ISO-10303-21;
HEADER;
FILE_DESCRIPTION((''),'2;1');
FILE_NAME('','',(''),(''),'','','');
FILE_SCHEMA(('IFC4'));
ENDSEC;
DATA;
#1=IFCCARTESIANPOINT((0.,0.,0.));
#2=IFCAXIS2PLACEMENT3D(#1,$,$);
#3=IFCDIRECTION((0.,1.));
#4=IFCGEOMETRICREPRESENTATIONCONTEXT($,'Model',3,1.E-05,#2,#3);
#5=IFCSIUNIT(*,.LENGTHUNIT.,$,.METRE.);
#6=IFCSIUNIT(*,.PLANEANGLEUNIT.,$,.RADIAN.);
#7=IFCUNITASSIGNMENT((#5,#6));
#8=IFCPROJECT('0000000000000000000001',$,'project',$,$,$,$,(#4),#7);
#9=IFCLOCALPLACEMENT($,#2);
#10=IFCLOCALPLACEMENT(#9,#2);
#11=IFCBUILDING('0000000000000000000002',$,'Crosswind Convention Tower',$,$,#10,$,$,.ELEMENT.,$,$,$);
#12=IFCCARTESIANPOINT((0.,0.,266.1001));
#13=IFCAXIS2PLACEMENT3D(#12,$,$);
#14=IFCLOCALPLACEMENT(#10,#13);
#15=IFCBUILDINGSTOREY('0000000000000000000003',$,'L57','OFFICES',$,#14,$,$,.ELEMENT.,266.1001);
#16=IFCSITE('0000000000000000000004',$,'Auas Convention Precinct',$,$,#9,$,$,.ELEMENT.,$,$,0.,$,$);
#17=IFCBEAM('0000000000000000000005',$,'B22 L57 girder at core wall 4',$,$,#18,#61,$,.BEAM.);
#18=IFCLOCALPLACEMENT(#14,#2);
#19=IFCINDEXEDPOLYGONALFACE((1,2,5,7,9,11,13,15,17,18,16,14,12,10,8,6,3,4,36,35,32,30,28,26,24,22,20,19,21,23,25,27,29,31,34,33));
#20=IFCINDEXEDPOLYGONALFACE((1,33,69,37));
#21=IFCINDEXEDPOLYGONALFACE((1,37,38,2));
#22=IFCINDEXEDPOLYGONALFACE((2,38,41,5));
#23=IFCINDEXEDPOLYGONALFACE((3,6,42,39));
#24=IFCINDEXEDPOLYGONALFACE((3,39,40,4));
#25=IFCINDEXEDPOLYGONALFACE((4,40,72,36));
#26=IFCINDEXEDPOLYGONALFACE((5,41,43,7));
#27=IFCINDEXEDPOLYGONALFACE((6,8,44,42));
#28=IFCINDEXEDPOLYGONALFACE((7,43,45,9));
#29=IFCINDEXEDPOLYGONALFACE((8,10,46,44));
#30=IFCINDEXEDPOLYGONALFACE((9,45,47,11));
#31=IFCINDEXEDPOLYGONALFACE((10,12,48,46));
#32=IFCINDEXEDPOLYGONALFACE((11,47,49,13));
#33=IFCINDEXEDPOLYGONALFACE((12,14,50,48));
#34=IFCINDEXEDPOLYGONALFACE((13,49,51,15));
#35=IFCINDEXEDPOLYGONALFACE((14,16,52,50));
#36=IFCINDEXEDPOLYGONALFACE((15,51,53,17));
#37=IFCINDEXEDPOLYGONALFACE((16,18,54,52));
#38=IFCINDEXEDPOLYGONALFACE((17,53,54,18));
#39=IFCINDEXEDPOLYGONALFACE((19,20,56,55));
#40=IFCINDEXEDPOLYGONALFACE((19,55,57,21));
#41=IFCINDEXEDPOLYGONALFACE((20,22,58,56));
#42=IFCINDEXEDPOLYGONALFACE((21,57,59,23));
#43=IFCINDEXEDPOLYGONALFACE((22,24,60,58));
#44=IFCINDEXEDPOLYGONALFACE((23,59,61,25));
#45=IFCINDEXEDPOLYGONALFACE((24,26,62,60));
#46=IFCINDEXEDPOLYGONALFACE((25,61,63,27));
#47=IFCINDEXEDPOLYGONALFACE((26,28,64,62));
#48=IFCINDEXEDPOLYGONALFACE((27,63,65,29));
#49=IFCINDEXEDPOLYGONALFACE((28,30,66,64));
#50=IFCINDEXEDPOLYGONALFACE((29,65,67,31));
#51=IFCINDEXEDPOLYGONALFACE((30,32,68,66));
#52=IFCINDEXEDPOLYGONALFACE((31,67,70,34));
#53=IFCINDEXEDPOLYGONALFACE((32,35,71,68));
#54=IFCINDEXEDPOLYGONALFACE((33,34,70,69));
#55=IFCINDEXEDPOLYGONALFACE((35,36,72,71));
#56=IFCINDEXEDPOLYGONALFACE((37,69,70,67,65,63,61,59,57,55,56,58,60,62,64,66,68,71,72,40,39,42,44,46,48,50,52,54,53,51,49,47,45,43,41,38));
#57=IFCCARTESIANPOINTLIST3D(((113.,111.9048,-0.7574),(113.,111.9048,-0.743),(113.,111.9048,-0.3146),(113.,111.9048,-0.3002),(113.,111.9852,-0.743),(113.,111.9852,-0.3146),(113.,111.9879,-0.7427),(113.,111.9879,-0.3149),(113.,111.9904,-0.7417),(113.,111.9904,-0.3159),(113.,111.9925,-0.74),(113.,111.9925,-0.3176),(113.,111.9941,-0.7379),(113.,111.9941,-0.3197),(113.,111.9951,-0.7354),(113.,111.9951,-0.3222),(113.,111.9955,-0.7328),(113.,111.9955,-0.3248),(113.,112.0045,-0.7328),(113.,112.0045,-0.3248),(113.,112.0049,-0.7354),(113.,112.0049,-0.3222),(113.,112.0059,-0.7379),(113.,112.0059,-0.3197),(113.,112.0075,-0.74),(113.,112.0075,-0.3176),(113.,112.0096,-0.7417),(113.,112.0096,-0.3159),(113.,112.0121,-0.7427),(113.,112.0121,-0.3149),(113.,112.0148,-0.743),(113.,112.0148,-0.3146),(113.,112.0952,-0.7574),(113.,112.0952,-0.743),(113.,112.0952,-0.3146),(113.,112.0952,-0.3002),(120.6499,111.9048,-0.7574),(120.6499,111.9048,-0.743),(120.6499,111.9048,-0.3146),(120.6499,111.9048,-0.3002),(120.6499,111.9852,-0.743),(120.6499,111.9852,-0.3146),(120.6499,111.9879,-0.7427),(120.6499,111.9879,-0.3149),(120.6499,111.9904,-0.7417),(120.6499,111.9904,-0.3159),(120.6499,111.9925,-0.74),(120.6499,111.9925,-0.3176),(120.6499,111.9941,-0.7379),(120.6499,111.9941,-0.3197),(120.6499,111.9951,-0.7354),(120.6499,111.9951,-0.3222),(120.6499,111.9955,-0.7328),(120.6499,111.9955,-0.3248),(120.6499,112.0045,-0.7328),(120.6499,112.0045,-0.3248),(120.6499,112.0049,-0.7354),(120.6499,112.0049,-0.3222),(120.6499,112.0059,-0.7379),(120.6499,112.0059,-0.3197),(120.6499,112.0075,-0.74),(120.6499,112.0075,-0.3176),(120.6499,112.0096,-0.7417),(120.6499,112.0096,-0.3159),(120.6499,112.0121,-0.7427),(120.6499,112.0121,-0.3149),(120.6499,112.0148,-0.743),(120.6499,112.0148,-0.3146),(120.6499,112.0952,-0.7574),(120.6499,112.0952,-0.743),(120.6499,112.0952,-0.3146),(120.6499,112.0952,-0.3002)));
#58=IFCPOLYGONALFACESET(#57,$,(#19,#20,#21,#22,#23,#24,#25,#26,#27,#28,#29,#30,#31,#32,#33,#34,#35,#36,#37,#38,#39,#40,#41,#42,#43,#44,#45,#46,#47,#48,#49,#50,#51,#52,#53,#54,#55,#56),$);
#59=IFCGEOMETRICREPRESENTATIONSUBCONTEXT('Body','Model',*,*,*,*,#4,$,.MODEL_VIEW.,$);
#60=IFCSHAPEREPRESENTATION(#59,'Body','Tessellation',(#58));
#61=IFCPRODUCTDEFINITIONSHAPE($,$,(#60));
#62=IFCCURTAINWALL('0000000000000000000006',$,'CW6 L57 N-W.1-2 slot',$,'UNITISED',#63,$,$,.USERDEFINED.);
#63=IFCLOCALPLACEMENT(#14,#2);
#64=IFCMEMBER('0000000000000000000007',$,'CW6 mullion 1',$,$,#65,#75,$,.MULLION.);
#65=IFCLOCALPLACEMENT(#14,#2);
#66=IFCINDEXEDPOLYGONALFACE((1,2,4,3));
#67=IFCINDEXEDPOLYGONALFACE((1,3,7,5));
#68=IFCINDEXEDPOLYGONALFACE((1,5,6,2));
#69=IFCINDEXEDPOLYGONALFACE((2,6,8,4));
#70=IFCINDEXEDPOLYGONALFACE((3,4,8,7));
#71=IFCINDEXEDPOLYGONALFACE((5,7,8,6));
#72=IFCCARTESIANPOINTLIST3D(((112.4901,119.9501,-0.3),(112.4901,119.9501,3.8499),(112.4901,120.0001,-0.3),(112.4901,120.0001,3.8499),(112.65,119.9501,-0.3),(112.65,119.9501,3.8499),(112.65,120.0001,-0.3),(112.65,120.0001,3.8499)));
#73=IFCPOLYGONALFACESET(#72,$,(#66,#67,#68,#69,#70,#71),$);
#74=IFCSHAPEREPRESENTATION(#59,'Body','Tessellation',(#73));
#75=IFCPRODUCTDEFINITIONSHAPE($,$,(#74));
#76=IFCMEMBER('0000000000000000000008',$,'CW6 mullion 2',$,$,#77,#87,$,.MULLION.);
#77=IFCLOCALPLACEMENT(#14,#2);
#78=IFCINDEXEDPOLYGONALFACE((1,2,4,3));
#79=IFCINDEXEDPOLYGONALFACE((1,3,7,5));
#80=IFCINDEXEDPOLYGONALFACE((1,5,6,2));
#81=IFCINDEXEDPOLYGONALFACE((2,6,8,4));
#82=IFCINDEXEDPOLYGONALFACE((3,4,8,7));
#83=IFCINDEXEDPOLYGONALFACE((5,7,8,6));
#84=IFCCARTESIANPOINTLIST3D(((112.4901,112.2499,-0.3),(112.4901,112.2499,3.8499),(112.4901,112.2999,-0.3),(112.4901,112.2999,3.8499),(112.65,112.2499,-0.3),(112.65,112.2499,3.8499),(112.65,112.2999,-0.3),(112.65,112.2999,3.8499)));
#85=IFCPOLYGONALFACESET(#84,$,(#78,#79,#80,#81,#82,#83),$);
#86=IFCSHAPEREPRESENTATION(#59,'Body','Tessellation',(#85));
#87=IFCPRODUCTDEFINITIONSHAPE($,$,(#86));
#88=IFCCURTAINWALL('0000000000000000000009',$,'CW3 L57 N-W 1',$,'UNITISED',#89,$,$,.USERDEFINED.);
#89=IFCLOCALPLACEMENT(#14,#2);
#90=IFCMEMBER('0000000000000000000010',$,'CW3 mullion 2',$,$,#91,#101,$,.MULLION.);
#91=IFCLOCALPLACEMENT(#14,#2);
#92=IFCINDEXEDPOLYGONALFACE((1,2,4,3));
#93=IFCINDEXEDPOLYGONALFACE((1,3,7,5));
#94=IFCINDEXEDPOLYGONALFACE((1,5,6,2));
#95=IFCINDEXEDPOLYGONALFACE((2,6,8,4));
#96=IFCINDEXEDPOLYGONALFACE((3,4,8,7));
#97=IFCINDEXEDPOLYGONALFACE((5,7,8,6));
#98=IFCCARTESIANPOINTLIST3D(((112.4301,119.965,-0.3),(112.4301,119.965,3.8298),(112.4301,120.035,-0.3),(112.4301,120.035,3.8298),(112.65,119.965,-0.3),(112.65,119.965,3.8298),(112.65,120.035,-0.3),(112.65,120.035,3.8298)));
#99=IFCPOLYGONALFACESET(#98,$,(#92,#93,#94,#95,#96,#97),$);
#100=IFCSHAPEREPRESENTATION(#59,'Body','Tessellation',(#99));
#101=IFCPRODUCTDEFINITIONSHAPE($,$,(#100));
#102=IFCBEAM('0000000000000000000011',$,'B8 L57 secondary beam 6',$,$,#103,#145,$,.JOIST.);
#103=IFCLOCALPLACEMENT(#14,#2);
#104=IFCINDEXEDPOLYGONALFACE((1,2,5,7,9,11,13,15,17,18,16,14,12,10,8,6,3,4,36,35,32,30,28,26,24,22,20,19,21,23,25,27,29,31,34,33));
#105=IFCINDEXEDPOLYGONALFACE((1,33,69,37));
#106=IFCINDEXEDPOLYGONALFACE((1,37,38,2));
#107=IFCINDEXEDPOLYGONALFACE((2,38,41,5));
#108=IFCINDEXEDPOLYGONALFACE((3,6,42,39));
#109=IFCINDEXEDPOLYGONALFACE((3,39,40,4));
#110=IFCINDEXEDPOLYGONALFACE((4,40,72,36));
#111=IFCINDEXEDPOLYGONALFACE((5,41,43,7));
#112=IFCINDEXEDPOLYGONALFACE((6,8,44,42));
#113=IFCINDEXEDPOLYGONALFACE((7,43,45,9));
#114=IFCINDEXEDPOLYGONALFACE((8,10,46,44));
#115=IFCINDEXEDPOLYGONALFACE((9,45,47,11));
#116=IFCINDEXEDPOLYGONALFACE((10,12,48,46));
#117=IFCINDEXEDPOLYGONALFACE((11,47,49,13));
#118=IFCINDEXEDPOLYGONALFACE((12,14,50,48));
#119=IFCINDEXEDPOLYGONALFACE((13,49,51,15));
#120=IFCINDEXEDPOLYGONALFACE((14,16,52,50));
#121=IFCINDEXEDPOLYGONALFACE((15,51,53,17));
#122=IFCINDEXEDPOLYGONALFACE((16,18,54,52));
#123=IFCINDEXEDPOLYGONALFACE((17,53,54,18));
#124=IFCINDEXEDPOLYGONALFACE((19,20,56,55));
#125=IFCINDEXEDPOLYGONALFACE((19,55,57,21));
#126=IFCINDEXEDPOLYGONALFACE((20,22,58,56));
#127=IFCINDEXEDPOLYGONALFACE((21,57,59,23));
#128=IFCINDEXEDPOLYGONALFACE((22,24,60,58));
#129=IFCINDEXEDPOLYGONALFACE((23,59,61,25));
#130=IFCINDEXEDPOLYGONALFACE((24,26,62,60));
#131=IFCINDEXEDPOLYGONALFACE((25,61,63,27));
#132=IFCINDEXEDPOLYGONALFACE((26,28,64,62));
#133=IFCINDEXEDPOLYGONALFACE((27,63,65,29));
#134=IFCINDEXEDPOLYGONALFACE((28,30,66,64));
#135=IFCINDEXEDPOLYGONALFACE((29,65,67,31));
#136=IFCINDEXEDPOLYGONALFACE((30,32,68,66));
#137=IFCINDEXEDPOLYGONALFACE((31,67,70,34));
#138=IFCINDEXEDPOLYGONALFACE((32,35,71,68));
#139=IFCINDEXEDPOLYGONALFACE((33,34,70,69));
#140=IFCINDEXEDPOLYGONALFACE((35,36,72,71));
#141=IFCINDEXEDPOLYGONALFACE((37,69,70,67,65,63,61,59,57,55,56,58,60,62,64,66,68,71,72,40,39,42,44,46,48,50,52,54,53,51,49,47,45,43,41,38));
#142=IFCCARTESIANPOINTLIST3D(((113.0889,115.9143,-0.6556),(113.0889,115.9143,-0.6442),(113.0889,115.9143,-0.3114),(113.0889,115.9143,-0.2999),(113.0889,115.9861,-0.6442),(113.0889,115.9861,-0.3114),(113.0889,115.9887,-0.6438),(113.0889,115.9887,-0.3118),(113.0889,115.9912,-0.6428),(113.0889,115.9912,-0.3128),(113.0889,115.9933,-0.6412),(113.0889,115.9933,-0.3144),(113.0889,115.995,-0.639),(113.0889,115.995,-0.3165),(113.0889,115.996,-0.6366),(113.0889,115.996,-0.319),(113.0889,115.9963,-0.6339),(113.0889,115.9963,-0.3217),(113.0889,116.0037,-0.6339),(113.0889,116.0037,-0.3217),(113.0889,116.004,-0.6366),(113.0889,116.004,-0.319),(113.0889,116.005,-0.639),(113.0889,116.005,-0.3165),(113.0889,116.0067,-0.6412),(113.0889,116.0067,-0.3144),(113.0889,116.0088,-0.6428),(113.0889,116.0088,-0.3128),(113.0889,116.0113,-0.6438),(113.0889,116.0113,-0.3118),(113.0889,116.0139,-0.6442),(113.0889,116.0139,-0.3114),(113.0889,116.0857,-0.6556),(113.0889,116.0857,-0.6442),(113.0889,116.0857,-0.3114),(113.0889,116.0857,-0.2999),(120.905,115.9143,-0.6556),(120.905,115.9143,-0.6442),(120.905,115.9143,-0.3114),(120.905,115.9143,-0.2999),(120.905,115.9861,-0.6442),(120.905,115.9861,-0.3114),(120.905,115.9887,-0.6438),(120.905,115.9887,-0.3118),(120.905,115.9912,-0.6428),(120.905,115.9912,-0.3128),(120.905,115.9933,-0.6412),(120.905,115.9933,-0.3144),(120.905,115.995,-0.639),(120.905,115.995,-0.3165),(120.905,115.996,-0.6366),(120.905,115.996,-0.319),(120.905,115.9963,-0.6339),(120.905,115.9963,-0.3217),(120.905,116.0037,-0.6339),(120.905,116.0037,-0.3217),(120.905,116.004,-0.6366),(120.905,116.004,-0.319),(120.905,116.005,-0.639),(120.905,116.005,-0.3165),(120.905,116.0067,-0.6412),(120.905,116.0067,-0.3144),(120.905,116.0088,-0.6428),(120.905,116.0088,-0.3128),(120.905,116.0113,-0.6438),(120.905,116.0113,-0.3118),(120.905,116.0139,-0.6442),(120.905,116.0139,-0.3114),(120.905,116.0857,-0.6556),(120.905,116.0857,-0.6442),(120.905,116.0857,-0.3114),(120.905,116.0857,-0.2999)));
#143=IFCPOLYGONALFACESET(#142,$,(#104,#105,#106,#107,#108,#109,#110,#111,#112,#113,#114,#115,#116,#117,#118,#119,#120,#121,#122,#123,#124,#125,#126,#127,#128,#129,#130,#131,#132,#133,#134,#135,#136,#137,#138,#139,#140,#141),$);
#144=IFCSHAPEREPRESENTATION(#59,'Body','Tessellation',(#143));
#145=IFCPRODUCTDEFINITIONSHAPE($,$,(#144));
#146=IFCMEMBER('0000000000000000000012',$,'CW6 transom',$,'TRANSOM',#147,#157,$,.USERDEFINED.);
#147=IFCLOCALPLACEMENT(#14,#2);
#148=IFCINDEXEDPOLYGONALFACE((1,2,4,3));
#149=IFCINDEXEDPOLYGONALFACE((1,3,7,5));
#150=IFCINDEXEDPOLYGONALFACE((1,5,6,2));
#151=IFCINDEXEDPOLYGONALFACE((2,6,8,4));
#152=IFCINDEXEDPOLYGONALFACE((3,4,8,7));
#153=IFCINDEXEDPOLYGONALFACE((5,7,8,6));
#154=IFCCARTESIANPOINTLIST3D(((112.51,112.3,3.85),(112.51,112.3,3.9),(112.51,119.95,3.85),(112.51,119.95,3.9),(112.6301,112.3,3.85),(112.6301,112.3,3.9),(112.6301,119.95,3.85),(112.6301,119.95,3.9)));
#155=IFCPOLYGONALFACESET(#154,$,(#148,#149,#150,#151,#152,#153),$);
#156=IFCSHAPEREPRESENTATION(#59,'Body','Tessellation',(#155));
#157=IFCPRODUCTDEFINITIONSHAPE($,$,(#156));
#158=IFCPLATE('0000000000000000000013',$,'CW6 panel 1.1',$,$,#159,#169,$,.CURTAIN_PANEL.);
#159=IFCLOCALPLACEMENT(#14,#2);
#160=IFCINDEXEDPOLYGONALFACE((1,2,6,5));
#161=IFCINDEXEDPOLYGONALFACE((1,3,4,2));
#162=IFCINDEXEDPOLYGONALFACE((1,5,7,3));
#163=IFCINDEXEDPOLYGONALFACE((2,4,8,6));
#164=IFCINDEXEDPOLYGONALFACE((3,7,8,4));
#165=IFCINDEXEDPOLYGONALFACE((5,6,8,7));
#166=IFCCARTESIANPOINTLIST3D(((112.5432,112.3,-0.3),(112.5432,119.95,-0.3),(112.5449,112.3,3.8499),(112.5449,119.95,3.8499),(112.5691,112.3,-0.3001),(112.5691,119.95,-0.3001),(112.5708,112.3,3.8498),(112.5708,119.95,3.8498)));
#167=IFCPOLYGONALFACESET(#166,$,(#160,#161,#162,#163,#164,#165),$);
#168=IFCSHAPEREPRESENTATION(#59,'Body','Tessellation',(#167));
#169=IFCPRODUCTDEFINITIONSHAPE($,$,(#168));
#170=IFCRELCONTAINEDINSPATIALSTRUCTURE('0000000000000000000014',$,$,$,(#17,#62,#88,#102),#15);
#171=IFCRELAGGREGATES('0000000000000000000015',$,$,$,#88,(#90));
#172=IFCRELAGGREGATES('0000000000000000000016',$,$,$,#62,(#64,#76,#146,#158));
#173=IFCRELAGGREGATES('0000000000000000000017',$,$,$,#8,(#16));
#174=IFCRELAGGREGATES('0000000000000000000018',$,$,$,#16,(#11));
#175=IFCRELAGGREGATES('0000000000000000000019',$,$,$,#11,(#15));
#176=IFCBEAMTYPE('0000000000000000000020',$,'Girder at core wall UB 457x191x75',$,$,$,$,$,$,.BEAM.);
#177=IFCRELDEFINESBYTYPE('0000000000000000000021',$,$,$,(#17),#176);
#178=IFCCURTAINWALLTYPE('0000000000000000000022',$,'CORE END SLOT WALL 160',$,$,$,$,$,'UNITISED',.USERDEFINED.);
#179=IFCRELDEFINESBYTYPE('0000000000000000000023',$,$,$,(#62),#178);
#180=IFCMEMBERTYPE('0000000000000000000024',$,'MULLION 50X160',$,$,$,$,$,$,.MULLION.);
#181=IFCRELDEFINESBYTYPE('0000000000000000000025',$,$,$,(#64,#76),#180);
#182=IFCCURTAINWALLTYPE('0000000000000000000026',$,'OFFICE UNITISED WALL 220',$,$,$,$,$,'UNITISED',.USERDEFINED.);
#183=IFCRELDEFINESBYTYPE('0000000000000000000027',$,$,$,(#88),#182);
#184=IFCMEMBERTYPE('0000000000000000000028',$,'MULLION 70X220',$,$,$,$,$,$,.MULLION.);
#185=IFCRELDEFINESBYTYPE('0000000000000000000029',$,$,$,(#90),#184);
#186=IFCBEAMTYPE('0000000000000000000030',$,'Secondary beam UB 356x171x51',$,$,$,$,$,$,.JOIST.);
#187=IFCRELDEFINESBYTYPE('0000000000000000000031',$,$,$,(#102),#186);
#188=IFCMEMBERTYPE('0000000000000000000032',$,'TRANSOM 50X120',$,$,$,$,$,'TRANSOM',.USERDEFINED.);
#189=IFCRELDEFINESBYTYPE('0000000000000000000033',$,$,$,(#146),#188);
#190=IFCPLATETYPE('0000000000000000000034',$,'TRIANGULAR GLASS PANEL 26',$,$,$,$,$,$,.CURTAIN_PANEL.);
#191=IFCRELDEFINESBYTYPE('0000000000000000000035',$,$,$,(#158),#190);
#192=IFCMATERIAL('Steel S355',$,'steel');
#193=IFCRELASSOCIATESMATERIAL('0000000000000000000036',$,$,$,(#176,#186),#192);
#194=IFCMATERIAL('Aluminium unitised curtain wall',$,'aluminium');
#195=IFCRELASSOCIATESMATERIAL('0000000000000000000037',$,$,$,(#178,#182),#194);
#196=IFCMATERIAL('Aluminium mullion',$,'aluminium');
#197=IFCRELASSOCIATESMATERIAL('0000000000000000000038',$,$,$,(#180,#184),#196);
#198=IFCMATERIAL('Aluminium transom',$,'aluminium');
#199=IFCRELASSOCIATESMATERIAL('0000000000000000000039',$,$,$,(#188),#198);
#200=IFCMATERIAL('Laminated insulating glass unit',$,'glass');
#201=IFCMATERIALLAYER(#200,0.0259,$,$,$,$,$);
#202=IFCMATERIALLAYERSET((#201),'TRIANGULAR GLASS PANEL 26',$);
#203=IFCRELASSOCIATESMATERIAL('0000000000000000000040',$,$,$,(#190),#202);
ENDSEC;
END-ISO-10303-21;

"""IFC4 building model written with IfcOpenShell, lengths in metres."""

from ifc_helpers import new_model, si_unit, direction, frame, origin, origin_2d, place, context, subcontext, project, spatial, polyline, rectangle, i_section, outline, extrude, material, layer, layer_set, material_profile, profile_set, type_object, element, aggregate, save


model = new_model("IFC4")

# Units and contexts
model_context = context("Model", 3, precision=1e-05, world=origin(), true_north=direction((0.0, 1.0)))
body_context = subcontext(model_context, "Body", "Model", "MODEL_VIEW")
ifc_project = project(units=[si_unit("LENGTHUNIT", "METRE"), si_unit("PLANEANGLEUNIT", "RADIAN")], contexts=[model_context])

# Site, building, storey
site_placement = place(None, origin())
site = spatial("IfcSite", under=ifc_project, at=site_placement, Name="Auas Convention Precinct", CompositionType="ELEMENT", RefElevation=0.0)
building_placement = place(site_placement, origin())
building = spatial("IfcBuilding", under=site, at=building_placement, Name="Crosswind Convention Tower", CompositionType="ELEMENT")
storey_placement = place(building_placement, frame((0.0, 0.0, 266.1001)))
storey = spatial("IfcBuildingStorey", under=building, at=storey_placement, Name="L57", Description="OFFICES", CompositionType="ELEMENT", Elevation=266.1001)

# Beam
ifc_material_1 = material(Name="Steel S355", Category="steel")
ifc_material_profile_1 = material_profile(ifc_material_1, i_section(OverallWidth=0.1904, OverallDepth=0.4573, WebThickness=0.009, FlangeThickness=0.0144, FilletRadius=0.0103, at=origin_2d()), Name="UB 457x191x75")
ifc_profile_set_1 = profile_set([ifc_material_profile_1], Name="Steel S355")
beam_type_1 = type_object("IfcBeamType", Name="Girder at core wall UB 457x191x75", PredefinedType="BEAM", material=ifc_profile_set_1)
beam_1_placement = place(storey_placement, frame((113.0, 112.0, -0.5288), z_axis=(1.0, 0.0, 0.0), x_axis=(0.0, 1.0, 0.0)))
element("IfcBeam", 1, at=beam_1_placement, inside=storey, type_object=beam_type_1, Name="B22 L57 girder at core wall 4", PredefinedType="BEAM", context=body_context, shape_type="SweptSolid", body=[
    extrude(i_section(OverallWidth=0.1904, OverallDepth=0.4573, WebThickness=0.009, FlangeThickness=0.0144, FilletRadius=0.0103, at=origin_2d()), origin(), (0.0, 0.0, 1.0), 7.6499),
])

# Curtain wall, members
ifc_material_2 = material(Name="Aluminium unitised curtain wall", Category="aluminium")
curtain_wall_type_1 = type_object("IfcCurtainWallType", Name="CORE END SLOT WALL 160", ElementType="UNITISED", PredefinedType="USERDEFINED", material=ifc_material_2)
curtain_wall_1_placement = place(storey_placement, origin())
curtain_wall_1 = element("IfcCurtainWall", 2, at=curtain_wall_1_placement, inside=storey, type_object=curtain_wall_type_1, Name="CW6 L57 N-W.1-2 slot", ObjectType="UNITISED", PredefinedType="USERDEFINED")
ifc_material_3 = material(Name="Aluminium mullion", Category="aluminium")
ifc_material_profile_2 = material_profile(ifc_material_3, rectangle(XDim=0.1599, YDim=0.05, at=origin_2d()), Name="AL 160X50")
ifc_profile_set_2 = profile_set([ifc_material_profile_2], Name="Aluminium mullion")
member_type_1 = type_object("IfcMemberType", Name="MULLION 50X160", PredefinedType="MULLION", material=ifc_profile_set_2)
member_1_placement = place(storey_placement, frame((112.5701, 119.9751, -0.3), z_axis=(0.0, 0.0, 1.0), x_axis=(-1.0, 0.0, 0.0)))
member_1 = element("IfcMember", 3, at=member_1_placement, type_object=member_type_1, Name="CW6 mullion 1", PredefinedType="MULLION", context=body_context, shape_type="SweptSolid", body=[
    extrude(rectangle(XDim=0.1599, YDim=0.05, at=origin_2d()), origin(), (0.0, 0.0, 1.0), 4.1499),
])
member_2_placement = place(storey_placement, frame((112.5701, 112.2749, -0.3), z_axis=(0.0, 0.0, 1.0), x_axis=(-1.0, 0.0, 0.0)))
member_2 = element("IfcMember", 4, at=member_2_placement, type_object=member_type_1, Name="CW6 mullion 2", PredefinedType="MULLION", context=body_context, shape_type="SweptSolid", body=[
    extrude(rectangle(XDim=0.1599, YDim=0.05, at=origin_2d()), origin(), (0.0, 0.0, 1.0), 4.1499),
])

# Curtain wall, member
curtain_wall_type_2 = type_object("IfcCurtainWallType", Name="OFFICE UNITISED WALL 220", ElementType="UNITISED", PredefinedType="USERDEFINED", material=ifc_material_2)
curtain_wall_2_placement = place(storey_placement, origin())
curtain_wall_2 = element("IfcCurtainWall", 5, at=curtain_wall_2_placement, inside=storey, type_object=curtain_wall_type_2, Name="CW3 L57 N-W 1", ObjectType="UNITISED", PredefinedType="USERDEFINED")
ifc_material_profile_3 = material_profile(ifc_material_3, rectangle(XDim=0.22, YDim=0.0701, at=origin_2d()), Name="AL 220X70")
ifc_profile_set_3 = profile_set([ifc_material_profile_3], Name="Aluminium mullion")
member_type_2 = type_object("IfcMemberType", Name="MULLION 70X220", PredefinedType="MULLION", material=ifc_profile_set_3)
member_3_placement = place(storey_placement, frame((112.54, 120.0, -0.3), z_axis=(0.0, 0.0, 1.0), x_axis=(-1.0, 0.0, 0.0)))
member_3 = element("IfcMember", 6, at=member_3_placement, type_object=member_type_2, Name="CW3 mullion 2", PredefinedType="MULLION", context=body_context, shape_type="SweptSolid", body=[
    extrude(rectangle(XDim=0.22, YDim=0.0701, at=origin_2d()), origin(), (0.0, 0.0, 1.0), 4.1299),
])
aggregate(curtain_wall_2, [member_3])

# Beam
ifc_material_profile_4 = material_profile(ifc_material_1, i_section(OverallWidth=0.1714, OverallDepth=0.3557, WebThickness=0.0073, FlangeThickness=0.0115, FilletRadius=0.0103, at=origin_2d()), Name="UB 356x171x51")
ifc_profile_set_4 = profile_set([ifc_material_profile_4], Name="Steel S355")
beam_type_2 = type_object("IfcBeamType", Name="Secondary beam UB 356x171x51", PredefinedType="JOIST", material=ifc_profile_set_4)
beam_2_placement = place(storey_placement, frame((113.0889, 116.0, -0.4778), z_axis=(1.0, 0.0, 0.0), x_axis=(0.0, 1.0, 0.0)))
element("IfcBeam", 7, at=beam_2_placement, inside=storey, type_object=beam_type_2, Name="B8 L57 secondary beam 6", PredefinedType="JOIST", context=body_context, shape_type="SweptSolid", body=[
    extrude(i_section(OverallWidth=0.1714, OverallDepth=0.3557, WebThickness=0.0073, FlangeThickness=0.0115, FilletRadius=0.0103, at=origin_2d()), origin(), (0.0, 0.0, 1.0), 7.8162),
])

# Member
ifc_material_4 = material(Name="Aluminium transom", Category="aluminium")
ifc_material_profile_5 = material_profile(ifc_material_4, rectangle(XDim=0.1201, YDim=0.05, at=origin_2d()), Name="AL 120X50")
ifc_profile_set_5 = profile_set([ifc_material_profile_5], Name="Aluminium transom")
member_type_3 = type_object("IfcMemberType", Name="TRANSOM 50X120", ElementType="TRANSOM", PredefinedType="USERDEFINED", material=ifc_profile_set_5)
member_4_placement = place(storey_placement, frame((112.5701, 119.95, 3.875), z_axis=(0.0, -1.0, 0.0), x_axis=(1.0, 0.0, 0.0)))
member_4 = element("IfcMember", 8, at=member_4_placement, type_object=member_type_3, Name="CW6 transom", ObjectType="TRANSOM", PredefinedType="USERDEFINED", context=body_context, shape_type="SweptSolid", body=[
    extrude(rectangle(XDim=0.1201, YDim=0.05, at=origin_2d()), origin(), (0.0, 0.0, 1.0), 7.6499),
])

# Plate
ifc_material_5 = material(Name="Laminated insulating glass unit", Category="glass")
ifc_layer_1 = layer(ifc_material_5, 0.0259)
ifc_layer_set_1 = layer_set([ifc_layer_1], Name="TRIANGULAR GLASS PANEL 26")
plate_type = type_object("IfcPlateType", Name="TRIANGULAR GLASS PANEL 26", PredefinedType="CURTAIN_PANEL", material=ifc_layer_set_1)
plate_placement = place(storey_placement, frame((112.5432, 119.95, -0.3), z_axis=(-1.0, 0.0, 0.000412), x_axis=(0.0, -1.0, 0.0)))
plate = element("IfcPlate", 9, at=plate_placement, type_object=plate_type, Name="CW6 panel 1.1", PredefinedType="CURTAIN_PANEL", context=body_context, shape_type="SweptSolid", body=[
    extrude(outline(polyline([(0.0, 0.0), (7.6499, 0.0), (7.6499, 4.1499), (0.0, 4.1499), (0.0, 0.0)])), origin(), (0.0, 0.0, -1.0), 0.0259),
])
aggregate(curtain_wall_1, [member_1, member_2, member_4, plate])

save(model, "model.ifc")
